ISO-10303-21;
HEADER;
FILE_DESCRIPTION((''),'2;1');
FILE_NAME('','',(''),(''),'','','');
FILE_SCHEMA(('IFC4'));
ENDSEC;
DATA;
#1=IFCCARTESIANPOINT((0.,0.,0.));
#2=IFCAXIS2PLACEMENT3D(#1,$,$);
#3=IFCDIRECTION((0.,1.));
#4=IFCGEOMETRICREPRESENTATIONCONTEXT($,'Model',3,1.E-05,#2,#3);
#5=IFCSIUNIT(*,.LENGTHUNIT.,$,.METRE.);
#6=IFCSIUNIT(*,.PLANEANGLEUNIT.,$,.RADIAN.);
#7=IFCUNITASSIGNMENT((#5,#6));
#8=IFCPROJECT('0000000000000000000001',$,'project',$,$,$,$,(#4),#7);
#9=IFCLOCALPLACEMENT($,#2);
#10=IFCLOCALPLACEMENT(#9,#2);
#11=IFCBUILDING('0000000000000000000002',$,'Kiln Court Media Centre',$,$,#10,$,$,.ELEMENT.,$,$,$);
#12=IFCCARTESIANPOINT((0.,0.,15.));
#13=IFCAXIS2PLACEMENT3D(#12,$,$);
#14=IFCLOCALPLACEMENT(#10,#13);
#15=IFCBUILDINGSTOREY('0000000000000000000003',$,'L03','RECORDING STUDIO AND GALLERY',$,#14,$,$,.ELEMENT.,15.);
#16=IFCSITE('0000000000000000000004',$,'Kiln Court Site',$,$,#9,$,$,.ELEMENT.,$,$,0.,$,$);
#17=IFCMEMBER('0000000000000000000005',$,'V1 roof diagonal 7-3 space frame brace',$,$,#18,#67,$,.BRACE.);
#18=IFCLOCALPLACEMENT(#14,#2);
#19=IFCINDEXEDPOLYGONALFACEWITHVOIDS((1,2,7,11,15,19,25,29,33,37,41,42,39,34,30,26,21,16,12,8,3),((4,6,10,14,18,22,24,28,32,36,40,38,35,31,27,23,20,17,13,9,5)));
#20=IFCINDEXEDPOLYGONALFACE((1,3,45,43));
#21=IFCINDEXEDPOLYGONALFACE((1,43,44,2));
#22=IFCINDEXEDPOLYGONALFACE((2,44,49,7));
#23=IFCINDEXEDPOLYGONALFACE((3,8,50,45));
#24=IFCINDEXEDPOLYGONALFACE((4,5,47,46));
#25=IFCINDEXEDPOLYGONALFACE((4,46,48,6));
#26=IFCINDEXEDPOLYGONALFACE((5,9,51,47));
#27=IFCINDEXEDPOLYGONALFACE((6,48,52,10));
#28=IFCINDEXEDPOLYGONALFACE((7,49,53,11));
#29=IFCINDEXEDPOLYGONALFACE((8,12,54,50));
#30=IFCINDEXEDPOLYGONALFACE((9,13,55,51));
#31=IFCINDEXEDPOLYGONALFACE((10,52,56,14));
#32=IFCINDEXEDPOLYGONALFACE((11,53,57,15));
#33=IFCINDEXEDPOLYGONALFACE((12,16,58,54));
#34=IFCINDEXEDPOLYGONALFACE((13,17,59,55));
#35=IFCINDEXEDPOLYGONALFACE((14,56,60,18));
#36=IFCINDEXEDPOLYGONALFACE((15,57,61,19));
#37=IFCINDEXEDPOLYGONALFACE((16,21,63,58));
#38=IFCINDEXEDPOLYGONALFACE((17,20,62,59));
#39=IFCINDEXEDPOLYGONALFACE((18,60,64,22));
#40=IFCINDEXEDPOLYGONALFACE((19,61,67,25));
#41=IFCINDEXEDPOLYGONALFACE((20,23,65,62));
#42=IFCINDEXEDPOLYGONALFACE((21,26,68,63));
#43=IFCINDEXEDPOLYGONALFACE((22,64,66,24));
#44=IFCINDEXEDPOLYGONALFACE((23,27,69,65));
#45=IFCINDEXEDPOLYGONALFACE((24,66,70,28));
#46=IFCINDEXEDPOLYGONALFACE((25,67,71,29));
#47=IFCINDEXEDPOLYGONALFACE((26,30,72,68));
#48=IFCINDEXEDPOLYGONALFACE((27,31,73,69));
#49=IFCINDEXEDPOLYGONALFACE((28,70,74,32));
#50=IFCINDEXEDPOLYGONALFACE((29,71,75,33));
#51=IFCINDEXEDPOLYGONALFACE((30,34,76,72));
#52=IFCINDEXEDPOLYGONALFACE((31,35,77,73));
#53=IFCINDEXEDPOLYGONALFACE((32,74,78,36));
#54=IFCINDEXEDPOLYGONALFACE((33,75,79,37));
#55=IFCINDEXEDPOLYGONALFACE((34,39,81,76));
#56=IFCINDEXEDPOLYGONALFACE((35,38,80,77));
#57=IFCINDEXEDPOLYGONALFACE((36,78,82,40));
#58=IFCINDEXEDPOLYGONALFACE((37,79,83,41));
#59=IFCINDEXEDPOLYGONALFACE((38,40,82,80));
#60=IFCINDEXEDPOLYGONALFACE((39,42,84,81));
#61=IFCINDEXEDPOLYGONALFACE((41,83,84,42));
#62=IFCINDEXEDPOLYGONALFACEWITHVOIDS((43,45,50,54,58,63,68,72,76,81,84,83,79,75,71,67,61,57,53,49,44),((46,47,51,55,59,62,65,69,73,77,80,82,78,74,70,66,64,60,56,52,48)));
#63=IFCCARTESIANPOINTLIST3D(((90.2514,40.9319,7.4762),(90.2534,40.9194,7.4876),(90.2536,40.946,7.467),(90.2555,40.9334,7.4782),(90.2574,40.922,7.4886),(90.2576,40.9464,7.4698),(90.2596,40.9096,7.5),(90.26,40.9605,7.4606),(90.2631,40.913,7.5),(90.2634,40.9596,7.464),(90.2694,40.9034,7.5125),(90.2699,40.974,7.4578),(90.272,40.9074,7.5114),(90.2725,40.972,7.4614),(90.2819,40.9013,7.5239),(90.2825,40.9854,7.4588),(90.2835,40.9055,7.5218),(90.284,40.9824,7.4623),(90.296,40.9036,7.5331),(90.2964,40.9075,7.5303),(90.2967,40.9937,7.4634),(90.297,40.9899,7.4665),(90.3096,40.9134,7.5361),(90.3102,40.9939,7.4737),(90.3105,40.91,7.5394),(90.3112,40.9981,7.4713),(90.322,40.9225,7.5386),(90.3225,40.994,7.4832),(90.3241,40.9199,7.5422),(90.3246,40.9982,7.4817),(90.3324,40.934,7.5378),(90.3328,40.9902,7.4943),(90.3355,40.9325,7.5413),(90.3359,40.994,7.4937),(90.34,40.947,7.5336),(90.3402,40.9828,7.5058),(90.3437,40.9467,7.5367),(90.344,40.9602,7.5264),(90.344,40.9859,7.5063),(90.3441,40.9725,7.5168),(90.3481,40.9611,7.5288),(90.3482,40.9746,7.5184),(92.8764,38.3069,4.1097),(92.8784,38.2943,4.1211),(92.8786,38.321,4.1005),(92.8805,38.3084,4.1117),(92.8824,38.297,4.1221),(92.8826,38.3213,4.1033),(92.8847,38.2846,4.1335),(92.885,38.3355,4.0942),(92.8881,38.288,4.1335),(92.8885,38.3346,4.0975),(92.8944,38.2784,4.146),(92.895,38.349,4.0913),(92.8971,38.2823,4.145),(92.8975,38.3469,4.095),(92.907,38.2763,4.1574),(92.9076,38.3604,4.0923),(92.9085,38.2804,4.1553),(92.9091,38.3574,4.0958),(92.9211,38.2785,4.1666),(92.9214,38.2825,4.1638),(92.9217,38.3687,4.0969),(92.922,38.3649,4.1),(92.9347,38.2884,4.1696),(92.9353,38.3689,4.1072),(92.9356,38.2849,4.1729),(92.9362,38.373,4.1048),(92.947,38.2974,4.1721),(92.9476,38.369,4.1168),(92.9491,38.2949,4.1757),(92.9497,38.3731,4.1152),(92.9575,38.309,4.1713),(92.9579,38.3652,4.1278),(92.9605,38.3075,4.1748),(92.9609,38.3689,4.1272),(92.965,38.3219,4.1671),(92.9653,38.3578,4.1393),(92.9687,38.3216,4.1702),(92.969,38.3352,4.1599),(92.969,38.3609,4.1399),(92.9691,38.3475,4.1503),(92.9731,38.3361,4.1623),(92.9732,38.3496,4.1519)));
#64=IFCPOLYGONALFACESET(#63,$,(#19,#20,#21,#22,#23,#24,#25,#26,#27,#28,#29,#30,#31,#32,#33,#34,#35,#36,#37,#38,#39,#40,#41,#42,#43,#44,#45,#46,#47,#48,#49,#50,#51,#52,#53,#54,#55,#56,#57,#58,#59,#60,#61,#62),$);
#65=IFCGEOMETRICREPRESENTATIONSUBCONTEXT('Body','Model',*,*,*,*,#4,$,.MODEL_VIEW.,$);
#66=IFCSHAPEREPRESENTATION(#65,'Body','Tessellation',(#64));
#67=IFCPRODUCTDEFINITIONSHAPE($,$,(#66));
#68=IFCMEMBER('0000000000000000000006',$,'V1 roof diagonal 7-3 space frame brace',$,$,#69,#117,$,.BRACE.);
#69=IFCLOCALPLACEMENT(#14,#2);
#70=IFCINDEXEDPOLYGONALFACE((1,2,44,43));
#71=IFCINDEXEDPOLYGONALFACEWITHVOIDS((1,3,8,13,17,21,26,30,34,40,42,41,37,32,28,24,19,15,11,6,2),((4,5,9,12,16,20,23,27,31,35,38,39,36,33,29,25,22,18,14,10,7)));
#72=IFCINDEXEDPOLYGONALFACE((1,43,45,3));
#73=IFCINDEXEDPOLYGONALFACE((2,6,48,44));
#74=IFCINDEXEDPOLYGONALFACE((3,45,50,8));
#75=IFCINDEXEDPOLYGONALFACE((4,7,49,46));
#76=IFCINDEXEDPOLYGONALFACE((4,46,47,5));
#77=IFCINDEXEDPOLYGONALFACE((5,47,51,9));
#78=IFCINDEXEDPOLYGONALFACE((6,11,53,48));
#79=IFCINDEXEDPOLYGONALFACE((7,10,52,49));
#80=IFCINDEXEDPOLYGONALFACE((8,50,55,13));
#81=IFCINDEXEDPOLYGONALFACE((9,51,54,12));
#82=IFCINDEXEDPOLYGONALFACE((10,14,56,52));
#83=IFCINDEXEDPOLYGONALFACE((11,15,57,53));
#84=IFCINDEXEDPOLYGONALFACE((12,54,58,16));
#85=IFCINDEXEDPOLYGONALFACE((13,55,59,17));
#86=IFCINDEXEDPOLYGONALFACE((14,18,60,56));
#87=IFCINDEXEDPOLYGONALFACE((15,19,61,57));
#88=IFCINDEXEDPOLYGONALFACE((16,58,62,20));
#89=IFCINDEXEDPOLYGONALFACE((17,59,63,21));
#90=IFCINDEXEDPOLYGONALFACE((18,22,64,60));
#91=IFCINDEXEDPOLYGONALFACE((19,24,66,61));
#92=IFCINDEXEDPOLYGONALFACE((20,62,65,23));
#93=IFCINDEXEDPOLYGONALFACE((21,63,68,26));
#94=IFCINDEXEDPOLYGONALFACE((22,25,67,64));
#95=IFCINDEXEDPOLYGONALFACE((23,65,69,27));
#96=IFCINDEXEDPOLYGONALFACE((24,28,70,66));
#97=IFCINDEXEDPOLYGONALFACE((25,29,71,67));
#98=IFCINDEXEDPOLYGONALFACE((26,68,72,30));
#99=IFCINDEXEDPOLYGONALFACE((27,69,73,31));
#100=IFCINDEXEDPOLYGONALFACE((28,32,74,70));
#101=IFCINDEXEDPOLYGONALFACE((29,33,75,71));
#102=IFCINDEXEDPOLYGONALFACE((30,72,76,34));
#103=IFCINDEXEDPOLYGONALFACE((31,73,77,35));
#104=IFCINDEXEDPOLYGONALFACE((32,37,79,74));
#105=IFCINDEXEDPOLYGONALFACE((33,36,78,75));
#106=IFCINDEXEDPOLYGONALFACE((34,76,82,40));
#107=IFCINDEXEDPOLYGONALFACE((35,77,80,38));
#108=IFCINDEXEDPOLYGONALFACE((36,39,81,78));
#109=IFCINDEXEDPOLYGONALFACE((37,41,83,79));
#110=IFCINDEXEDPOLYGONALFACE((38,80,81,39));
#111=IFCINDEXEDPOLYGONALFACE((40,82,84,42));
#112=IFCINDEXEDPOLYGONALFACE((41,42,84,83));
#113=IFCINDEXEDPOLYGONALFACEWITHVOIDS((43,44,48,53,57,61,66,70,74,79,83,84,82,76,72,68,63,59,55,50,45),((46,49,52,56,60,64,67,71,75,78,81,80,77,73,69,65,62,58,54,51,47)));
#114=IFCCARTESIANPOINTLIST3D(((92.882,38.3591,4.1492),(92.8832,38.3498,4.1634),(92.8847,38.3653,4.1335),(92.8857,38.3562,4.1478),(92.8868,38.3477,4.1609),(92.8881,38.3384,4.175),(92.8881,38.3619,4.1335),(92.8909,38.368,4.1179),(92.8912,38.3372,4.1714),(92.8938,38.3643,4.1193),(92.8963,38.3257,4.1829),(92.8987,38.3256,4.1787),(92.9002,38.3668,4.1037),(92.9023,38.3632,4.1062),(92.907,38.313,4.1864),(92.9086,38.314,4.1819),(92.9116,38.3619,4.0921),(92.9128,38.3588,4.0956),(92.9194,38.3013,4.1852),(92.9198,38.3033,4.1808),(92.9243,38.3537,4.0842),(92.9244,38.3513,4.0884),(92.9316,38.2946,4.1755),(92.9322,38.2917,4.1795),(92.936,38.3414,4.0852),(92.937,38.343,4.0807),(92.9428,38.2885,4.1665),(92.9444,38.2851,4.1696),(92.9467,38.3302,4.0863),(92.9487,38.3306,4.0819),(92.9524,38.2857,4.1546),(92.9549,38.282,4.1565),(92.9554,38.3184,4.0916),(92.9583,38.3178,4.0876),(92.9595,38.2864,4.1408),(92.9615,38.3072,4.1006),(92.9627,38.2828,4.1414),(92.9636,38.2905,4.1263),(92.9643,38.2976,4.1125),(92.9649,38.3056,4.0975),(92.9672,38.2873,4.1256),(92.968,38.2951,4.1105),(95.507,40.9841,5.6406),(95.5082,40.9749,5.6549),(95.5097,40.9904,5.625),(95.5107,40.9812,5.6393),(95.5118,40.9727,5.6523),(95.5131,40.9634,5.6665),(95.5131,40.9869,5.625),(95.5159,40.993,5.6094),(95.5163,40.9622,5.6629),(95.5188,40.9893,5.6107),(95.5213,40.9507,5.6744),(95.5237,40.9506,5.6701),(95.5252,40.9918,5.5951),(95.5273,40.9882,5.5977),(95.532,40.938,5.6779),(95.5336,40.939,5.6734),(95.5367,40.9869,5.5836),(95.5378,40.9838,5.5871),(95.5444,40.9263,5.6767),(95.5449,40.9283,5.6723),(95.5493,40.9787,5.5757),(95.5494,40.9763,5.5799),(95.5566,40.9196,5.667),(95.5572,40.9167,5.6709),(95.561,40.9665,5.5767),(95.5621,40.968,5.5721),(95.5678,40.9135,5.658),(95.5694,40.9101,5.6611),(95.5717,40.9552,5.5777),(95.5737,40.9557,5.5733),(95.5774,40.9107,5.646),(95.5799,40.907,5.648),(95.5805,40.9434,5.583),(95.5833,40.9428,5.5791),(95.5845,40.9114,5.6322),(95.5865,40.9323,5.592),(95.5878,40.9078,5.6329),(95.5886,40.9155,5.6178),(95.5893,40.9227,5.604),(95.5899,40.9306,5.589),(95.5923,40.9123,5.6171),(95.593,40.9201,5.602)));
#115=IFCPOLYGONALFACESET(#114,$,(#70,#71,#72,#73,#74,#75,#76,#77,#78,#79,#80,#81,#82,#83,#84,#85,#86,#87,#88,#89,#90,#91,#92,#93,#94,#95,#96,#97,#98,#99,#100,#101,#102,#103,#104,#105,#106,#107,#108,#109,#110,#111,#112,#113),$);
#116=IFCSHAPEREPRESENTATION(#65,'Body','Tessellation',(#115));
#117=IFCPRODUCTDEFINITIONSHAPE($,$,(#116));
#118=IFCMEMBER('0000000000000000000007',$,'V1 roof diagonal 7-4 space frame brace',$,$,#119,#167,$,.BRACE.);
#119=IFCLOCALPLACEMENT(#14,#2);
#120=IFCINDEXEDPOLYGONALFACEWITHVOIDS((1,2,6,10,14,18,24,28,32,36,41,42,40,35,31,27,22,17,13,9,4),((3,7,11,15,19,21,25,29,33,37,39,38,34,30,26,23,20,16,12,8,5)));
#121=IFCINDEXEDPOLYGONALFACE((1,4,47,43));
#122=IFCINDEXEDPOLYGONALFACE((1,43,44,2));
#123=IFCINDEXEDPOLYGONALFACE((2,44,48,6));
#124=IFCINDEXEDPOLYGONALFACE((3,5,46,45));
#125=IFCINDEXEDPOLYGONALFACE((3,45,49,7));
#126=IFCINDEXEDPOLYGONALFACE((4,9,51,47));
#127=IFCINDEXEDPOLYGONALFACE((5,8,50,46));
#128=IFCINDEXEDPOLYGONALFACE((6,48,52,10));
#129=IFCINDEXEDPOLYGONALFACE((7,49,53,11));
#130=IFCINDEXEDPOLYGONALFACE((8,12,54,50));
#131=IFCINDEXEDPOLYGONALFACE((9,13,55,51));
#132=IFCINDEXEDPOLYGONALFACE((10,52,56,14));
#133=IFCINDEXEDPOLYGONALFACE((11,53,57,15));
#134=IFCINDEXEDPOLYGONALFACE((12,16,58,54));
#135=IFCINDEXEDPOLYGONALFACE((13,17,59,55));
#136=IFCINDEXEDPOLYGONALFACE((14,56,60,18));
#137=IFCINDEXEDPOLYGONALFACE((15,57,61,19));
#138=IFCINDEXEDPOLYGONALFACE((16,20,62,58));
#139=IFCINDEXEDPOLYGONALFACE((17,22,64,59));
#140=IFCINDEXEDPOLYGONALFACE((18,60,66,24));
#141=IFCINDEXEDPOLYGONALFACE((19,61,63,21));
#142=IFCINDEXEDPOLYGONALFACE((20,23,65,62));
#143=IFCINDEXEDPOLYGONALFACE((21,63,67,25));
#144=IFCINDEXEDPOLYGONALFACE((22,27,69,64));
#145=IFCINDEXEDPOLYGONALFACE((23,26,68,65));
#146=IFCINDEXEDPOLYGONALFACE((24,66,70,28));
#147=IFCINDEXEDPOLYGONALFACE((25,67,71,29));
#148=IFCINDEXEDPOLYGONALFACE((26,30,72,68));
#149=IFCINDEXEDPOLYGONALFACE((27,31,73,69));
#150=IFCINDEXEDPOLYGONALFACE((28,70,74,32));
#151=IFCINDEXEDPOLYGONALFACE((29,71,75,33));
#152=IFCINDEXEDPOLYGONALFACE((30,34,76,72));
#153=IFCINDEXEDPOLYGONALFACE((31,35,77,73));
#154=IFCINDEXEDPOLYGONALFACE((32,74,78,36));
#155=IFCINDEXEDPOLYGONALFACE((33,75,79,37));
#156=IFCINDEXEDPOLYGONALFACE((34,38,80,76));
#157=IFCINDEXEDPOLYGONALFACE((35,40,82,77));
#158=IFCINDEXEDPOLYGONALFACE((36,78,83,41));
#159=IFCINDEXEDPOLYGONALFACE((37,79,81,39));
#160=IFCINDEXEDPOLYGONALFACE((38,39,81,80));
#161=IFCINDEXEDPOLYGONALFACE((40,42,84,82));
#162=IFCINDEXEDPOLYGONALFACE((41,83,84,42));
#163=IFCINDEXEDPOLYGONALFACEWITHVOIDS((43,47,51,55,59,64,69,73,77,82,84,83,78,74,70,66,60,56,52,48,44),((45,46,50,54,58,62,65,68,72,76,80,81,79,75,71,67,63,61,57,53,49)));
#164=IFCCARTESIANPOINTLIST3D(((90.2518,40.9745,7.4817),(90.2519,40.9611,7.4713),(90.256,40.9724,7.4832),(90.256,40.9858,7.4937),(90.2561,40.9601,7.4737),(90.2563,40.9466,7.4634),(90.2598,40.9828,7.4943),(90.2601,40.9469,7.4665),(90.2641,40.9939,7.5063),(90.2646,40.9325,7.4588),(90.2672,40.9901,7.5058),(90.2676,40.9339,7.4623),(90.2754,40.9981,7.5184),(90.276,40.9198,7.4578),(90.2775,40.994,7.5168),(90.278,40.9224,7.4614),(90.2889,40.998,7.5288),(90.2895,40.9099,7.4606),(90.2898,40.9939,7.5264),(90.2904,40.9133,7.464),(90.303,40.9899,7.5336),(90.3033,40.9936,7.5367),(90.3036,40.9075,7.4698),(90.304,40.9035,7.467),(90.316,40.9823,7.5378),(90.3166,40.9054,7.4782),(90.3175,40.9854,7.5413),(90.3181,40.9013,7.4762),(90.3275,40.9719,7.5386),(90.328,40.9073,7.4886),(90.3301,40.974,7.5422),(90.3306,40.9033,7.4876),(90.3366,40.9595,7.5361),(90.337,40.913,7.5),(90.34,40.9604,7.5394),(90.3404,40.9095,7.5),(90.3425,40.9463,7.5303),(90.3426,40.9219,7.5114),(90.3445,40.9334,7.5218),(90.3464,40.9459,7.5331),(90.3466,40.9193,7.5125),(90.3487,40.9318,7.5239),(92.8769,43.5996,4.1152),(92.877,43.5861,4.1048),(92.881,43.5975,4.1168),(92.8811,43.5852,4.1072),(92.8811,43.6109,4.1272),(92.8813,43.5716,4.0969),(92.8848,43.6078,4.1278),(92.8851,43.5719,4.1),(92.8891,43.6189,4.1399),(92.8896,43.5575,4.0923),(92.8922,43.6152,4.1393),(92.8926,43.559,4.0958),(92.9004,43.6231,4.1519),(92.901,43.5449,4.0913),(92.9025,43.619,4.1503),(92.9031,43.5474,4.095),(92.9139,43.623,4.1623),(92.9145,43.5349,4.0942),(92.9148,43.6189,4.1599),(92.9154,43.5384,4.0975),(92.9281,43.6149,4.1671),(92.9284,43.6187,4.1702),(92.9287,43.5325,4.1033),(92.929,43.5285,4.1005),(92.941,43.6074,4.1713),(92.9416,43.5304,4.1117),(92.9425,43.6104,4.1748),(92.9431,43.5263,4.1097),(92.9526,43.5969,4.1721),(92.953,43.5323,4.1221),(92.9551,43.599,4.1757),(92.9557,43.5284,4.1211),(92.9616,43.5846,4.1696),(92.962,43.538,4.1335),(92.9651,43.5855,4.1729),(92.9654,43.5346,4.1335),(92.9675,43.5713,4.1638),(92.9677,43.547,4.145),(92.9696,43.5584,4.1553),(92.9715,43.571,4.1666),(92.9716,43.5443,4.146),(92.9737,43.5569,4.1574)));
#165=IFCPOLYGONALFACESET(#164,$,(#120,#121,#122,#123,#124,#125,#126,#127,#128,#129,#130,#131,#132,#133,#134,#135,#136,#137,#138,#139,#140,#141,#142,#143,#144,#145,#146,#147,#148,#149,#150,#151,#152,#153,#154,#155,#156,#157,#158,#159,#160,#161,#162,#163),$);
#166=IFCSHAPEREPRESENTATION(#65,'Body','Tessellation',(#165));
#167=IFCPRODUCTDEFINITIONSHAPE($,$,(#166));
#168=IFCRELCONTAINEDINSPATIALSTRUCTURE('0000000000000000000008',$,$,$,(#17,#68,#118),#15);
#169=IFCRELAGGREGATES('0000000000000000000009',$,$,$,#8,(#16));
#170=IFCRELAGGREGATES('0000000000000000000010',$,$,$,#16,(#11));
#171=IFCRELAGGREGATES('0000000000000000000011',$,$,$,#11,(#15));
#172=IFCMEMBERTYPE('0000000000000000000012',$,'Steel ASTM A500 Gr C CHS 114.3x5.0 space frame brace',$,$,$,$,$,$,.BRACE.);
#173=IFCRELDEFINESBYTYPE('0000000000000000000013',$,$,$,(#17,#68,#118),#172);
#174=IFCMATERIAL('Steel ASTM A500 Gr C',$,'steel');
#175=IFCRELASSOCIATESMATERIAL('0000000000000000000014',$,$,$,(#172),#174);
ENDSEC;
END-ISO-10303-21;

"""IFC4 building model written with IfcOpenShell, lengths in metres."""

from ifc_helpers import new_model, si_unit, direction, frame, origin, origin_2d, place, context, subcontext, project, spatial, hollow_circle, extrude, material, material_profile, profile_set, type_object, element, save


model = new_model("IFC4")

# Units and contexts
model_context = context("Model", 3, precision=1e-05, world=origin(), true_north=direction((0.0, 1.0)))
body_context = subcontext(model_context, "Body", "Model", "MODEL_VIEW")
ifc_project = project(units=[si_unit("LENGTHUNIT", "METRE"), si_unit("PLANEANGLEUNIT", "RADIAN")], contexts=[model_context])

# Site, building, storey
site_placement = place(None, origin())
site = spatial("IfcSite", under=ifc_project, at=site_placement, Name="Kiln Court Site", CompositionType="ELEMENT", RefElevation=0.0)
building_placement = place(site_placement, origin())
building = spatial("IfcBuilding", under=site, at=building_placement, Name="Kiln Court Media Centre", CompositionType="ELEMENT")
storey_placement = place(building_placement, frame((0.0, 0.0, 15.0)))
storey = spatial("IfcBuildingStorey", under=building, at=storey_placement, Name="L03", Description="RECORDING STUDIO AND GALLERY", CompositionType="ELEMENT", Elevation=15.0)

# Members
ifc_material_1 = material(Name="Steel ASTM A500 Gr C", Category="steel")
ifc_material_profile_1 = material_profile(ifc_material_1, hollow_circle(Radius=0.0571, WallThickness=0.0049, at=origin_2d()), Name="CHS 114.3x5.0")
ifc_profile_set_1 = profile_set([ifc_material_profile_1], Name="Steel ASTM A500 Gr C")
member_type_1 = type_object("IfcMemberType", Name="Steel ASTM A500 Gr C CHS 114.3x5.0 space frame brace", PredefinedType="BRACE", material=ifc_profile_set_1)
member_1_placement = place(storey_placement, frame((92.925, 38.325, 4.1335), z_axis=(-0.523804, 0.523804, 0.671758), x_axis=(-0.707107, -0.707107, 0.0)))
element("IfcMember", 1, at=member_1_placement, inside=storey, type_object=member_type_1, Name="V1 roof diagonal 7-3 space frame brace", PredefinedType="BRACE", context=body_context, shape_type="SweptSolid", body=[
    extrude(hollow_circle(Radius=0.0571, WallThickness=0.0049, at=origin_2d()), origin(), (0.0, 0.0, 1.0), 5.0115),
])
member_2_placement = place(storey_placement, frame((92.925, 38.325, 4.1335), z_axis=(0.656133, 0.656133, 0.372798), x_axis=(-0.707107, 0.707107, 0.0)))
element("IfcMember", 2, at=member_2_placement, inside=storey, type_object=member_type_1, Name="V1 roof diagonal 7-3 space frame brace", PredefinedType="BRACE", context=body_context, shape_type="SweptSolid", body=[
    extrude(hollow_circle(Radius=0.0571, WallThickness=0.0049, at=origin_2d()), origin(), (0.0, 0.0, 1.0), 4.0007),
])
member_3_placement = place(storey_placement, frame((92.925, 43.575, 4.1335), z_axis=(-0.523804, -0.523804, 0.671758), x_axis=(0.707107, -0.707107, 0.0)))
element("IfcMember", 3, at=member_3_placement, inside=storey, type_object=member_type_1, Name="V1 roof diagonal 7-4 space frame brace", PredefinedType="BRACE", context=body_context, shape_type="SweptSolid", body=[
    extrude(hollow_circle(Radius=0.0571, WallThickness=0.0049, at=origin_2d()), origin(), (0.0, 0.0, 1.0), 5.0115),
])

save(model, "model.ifc")
